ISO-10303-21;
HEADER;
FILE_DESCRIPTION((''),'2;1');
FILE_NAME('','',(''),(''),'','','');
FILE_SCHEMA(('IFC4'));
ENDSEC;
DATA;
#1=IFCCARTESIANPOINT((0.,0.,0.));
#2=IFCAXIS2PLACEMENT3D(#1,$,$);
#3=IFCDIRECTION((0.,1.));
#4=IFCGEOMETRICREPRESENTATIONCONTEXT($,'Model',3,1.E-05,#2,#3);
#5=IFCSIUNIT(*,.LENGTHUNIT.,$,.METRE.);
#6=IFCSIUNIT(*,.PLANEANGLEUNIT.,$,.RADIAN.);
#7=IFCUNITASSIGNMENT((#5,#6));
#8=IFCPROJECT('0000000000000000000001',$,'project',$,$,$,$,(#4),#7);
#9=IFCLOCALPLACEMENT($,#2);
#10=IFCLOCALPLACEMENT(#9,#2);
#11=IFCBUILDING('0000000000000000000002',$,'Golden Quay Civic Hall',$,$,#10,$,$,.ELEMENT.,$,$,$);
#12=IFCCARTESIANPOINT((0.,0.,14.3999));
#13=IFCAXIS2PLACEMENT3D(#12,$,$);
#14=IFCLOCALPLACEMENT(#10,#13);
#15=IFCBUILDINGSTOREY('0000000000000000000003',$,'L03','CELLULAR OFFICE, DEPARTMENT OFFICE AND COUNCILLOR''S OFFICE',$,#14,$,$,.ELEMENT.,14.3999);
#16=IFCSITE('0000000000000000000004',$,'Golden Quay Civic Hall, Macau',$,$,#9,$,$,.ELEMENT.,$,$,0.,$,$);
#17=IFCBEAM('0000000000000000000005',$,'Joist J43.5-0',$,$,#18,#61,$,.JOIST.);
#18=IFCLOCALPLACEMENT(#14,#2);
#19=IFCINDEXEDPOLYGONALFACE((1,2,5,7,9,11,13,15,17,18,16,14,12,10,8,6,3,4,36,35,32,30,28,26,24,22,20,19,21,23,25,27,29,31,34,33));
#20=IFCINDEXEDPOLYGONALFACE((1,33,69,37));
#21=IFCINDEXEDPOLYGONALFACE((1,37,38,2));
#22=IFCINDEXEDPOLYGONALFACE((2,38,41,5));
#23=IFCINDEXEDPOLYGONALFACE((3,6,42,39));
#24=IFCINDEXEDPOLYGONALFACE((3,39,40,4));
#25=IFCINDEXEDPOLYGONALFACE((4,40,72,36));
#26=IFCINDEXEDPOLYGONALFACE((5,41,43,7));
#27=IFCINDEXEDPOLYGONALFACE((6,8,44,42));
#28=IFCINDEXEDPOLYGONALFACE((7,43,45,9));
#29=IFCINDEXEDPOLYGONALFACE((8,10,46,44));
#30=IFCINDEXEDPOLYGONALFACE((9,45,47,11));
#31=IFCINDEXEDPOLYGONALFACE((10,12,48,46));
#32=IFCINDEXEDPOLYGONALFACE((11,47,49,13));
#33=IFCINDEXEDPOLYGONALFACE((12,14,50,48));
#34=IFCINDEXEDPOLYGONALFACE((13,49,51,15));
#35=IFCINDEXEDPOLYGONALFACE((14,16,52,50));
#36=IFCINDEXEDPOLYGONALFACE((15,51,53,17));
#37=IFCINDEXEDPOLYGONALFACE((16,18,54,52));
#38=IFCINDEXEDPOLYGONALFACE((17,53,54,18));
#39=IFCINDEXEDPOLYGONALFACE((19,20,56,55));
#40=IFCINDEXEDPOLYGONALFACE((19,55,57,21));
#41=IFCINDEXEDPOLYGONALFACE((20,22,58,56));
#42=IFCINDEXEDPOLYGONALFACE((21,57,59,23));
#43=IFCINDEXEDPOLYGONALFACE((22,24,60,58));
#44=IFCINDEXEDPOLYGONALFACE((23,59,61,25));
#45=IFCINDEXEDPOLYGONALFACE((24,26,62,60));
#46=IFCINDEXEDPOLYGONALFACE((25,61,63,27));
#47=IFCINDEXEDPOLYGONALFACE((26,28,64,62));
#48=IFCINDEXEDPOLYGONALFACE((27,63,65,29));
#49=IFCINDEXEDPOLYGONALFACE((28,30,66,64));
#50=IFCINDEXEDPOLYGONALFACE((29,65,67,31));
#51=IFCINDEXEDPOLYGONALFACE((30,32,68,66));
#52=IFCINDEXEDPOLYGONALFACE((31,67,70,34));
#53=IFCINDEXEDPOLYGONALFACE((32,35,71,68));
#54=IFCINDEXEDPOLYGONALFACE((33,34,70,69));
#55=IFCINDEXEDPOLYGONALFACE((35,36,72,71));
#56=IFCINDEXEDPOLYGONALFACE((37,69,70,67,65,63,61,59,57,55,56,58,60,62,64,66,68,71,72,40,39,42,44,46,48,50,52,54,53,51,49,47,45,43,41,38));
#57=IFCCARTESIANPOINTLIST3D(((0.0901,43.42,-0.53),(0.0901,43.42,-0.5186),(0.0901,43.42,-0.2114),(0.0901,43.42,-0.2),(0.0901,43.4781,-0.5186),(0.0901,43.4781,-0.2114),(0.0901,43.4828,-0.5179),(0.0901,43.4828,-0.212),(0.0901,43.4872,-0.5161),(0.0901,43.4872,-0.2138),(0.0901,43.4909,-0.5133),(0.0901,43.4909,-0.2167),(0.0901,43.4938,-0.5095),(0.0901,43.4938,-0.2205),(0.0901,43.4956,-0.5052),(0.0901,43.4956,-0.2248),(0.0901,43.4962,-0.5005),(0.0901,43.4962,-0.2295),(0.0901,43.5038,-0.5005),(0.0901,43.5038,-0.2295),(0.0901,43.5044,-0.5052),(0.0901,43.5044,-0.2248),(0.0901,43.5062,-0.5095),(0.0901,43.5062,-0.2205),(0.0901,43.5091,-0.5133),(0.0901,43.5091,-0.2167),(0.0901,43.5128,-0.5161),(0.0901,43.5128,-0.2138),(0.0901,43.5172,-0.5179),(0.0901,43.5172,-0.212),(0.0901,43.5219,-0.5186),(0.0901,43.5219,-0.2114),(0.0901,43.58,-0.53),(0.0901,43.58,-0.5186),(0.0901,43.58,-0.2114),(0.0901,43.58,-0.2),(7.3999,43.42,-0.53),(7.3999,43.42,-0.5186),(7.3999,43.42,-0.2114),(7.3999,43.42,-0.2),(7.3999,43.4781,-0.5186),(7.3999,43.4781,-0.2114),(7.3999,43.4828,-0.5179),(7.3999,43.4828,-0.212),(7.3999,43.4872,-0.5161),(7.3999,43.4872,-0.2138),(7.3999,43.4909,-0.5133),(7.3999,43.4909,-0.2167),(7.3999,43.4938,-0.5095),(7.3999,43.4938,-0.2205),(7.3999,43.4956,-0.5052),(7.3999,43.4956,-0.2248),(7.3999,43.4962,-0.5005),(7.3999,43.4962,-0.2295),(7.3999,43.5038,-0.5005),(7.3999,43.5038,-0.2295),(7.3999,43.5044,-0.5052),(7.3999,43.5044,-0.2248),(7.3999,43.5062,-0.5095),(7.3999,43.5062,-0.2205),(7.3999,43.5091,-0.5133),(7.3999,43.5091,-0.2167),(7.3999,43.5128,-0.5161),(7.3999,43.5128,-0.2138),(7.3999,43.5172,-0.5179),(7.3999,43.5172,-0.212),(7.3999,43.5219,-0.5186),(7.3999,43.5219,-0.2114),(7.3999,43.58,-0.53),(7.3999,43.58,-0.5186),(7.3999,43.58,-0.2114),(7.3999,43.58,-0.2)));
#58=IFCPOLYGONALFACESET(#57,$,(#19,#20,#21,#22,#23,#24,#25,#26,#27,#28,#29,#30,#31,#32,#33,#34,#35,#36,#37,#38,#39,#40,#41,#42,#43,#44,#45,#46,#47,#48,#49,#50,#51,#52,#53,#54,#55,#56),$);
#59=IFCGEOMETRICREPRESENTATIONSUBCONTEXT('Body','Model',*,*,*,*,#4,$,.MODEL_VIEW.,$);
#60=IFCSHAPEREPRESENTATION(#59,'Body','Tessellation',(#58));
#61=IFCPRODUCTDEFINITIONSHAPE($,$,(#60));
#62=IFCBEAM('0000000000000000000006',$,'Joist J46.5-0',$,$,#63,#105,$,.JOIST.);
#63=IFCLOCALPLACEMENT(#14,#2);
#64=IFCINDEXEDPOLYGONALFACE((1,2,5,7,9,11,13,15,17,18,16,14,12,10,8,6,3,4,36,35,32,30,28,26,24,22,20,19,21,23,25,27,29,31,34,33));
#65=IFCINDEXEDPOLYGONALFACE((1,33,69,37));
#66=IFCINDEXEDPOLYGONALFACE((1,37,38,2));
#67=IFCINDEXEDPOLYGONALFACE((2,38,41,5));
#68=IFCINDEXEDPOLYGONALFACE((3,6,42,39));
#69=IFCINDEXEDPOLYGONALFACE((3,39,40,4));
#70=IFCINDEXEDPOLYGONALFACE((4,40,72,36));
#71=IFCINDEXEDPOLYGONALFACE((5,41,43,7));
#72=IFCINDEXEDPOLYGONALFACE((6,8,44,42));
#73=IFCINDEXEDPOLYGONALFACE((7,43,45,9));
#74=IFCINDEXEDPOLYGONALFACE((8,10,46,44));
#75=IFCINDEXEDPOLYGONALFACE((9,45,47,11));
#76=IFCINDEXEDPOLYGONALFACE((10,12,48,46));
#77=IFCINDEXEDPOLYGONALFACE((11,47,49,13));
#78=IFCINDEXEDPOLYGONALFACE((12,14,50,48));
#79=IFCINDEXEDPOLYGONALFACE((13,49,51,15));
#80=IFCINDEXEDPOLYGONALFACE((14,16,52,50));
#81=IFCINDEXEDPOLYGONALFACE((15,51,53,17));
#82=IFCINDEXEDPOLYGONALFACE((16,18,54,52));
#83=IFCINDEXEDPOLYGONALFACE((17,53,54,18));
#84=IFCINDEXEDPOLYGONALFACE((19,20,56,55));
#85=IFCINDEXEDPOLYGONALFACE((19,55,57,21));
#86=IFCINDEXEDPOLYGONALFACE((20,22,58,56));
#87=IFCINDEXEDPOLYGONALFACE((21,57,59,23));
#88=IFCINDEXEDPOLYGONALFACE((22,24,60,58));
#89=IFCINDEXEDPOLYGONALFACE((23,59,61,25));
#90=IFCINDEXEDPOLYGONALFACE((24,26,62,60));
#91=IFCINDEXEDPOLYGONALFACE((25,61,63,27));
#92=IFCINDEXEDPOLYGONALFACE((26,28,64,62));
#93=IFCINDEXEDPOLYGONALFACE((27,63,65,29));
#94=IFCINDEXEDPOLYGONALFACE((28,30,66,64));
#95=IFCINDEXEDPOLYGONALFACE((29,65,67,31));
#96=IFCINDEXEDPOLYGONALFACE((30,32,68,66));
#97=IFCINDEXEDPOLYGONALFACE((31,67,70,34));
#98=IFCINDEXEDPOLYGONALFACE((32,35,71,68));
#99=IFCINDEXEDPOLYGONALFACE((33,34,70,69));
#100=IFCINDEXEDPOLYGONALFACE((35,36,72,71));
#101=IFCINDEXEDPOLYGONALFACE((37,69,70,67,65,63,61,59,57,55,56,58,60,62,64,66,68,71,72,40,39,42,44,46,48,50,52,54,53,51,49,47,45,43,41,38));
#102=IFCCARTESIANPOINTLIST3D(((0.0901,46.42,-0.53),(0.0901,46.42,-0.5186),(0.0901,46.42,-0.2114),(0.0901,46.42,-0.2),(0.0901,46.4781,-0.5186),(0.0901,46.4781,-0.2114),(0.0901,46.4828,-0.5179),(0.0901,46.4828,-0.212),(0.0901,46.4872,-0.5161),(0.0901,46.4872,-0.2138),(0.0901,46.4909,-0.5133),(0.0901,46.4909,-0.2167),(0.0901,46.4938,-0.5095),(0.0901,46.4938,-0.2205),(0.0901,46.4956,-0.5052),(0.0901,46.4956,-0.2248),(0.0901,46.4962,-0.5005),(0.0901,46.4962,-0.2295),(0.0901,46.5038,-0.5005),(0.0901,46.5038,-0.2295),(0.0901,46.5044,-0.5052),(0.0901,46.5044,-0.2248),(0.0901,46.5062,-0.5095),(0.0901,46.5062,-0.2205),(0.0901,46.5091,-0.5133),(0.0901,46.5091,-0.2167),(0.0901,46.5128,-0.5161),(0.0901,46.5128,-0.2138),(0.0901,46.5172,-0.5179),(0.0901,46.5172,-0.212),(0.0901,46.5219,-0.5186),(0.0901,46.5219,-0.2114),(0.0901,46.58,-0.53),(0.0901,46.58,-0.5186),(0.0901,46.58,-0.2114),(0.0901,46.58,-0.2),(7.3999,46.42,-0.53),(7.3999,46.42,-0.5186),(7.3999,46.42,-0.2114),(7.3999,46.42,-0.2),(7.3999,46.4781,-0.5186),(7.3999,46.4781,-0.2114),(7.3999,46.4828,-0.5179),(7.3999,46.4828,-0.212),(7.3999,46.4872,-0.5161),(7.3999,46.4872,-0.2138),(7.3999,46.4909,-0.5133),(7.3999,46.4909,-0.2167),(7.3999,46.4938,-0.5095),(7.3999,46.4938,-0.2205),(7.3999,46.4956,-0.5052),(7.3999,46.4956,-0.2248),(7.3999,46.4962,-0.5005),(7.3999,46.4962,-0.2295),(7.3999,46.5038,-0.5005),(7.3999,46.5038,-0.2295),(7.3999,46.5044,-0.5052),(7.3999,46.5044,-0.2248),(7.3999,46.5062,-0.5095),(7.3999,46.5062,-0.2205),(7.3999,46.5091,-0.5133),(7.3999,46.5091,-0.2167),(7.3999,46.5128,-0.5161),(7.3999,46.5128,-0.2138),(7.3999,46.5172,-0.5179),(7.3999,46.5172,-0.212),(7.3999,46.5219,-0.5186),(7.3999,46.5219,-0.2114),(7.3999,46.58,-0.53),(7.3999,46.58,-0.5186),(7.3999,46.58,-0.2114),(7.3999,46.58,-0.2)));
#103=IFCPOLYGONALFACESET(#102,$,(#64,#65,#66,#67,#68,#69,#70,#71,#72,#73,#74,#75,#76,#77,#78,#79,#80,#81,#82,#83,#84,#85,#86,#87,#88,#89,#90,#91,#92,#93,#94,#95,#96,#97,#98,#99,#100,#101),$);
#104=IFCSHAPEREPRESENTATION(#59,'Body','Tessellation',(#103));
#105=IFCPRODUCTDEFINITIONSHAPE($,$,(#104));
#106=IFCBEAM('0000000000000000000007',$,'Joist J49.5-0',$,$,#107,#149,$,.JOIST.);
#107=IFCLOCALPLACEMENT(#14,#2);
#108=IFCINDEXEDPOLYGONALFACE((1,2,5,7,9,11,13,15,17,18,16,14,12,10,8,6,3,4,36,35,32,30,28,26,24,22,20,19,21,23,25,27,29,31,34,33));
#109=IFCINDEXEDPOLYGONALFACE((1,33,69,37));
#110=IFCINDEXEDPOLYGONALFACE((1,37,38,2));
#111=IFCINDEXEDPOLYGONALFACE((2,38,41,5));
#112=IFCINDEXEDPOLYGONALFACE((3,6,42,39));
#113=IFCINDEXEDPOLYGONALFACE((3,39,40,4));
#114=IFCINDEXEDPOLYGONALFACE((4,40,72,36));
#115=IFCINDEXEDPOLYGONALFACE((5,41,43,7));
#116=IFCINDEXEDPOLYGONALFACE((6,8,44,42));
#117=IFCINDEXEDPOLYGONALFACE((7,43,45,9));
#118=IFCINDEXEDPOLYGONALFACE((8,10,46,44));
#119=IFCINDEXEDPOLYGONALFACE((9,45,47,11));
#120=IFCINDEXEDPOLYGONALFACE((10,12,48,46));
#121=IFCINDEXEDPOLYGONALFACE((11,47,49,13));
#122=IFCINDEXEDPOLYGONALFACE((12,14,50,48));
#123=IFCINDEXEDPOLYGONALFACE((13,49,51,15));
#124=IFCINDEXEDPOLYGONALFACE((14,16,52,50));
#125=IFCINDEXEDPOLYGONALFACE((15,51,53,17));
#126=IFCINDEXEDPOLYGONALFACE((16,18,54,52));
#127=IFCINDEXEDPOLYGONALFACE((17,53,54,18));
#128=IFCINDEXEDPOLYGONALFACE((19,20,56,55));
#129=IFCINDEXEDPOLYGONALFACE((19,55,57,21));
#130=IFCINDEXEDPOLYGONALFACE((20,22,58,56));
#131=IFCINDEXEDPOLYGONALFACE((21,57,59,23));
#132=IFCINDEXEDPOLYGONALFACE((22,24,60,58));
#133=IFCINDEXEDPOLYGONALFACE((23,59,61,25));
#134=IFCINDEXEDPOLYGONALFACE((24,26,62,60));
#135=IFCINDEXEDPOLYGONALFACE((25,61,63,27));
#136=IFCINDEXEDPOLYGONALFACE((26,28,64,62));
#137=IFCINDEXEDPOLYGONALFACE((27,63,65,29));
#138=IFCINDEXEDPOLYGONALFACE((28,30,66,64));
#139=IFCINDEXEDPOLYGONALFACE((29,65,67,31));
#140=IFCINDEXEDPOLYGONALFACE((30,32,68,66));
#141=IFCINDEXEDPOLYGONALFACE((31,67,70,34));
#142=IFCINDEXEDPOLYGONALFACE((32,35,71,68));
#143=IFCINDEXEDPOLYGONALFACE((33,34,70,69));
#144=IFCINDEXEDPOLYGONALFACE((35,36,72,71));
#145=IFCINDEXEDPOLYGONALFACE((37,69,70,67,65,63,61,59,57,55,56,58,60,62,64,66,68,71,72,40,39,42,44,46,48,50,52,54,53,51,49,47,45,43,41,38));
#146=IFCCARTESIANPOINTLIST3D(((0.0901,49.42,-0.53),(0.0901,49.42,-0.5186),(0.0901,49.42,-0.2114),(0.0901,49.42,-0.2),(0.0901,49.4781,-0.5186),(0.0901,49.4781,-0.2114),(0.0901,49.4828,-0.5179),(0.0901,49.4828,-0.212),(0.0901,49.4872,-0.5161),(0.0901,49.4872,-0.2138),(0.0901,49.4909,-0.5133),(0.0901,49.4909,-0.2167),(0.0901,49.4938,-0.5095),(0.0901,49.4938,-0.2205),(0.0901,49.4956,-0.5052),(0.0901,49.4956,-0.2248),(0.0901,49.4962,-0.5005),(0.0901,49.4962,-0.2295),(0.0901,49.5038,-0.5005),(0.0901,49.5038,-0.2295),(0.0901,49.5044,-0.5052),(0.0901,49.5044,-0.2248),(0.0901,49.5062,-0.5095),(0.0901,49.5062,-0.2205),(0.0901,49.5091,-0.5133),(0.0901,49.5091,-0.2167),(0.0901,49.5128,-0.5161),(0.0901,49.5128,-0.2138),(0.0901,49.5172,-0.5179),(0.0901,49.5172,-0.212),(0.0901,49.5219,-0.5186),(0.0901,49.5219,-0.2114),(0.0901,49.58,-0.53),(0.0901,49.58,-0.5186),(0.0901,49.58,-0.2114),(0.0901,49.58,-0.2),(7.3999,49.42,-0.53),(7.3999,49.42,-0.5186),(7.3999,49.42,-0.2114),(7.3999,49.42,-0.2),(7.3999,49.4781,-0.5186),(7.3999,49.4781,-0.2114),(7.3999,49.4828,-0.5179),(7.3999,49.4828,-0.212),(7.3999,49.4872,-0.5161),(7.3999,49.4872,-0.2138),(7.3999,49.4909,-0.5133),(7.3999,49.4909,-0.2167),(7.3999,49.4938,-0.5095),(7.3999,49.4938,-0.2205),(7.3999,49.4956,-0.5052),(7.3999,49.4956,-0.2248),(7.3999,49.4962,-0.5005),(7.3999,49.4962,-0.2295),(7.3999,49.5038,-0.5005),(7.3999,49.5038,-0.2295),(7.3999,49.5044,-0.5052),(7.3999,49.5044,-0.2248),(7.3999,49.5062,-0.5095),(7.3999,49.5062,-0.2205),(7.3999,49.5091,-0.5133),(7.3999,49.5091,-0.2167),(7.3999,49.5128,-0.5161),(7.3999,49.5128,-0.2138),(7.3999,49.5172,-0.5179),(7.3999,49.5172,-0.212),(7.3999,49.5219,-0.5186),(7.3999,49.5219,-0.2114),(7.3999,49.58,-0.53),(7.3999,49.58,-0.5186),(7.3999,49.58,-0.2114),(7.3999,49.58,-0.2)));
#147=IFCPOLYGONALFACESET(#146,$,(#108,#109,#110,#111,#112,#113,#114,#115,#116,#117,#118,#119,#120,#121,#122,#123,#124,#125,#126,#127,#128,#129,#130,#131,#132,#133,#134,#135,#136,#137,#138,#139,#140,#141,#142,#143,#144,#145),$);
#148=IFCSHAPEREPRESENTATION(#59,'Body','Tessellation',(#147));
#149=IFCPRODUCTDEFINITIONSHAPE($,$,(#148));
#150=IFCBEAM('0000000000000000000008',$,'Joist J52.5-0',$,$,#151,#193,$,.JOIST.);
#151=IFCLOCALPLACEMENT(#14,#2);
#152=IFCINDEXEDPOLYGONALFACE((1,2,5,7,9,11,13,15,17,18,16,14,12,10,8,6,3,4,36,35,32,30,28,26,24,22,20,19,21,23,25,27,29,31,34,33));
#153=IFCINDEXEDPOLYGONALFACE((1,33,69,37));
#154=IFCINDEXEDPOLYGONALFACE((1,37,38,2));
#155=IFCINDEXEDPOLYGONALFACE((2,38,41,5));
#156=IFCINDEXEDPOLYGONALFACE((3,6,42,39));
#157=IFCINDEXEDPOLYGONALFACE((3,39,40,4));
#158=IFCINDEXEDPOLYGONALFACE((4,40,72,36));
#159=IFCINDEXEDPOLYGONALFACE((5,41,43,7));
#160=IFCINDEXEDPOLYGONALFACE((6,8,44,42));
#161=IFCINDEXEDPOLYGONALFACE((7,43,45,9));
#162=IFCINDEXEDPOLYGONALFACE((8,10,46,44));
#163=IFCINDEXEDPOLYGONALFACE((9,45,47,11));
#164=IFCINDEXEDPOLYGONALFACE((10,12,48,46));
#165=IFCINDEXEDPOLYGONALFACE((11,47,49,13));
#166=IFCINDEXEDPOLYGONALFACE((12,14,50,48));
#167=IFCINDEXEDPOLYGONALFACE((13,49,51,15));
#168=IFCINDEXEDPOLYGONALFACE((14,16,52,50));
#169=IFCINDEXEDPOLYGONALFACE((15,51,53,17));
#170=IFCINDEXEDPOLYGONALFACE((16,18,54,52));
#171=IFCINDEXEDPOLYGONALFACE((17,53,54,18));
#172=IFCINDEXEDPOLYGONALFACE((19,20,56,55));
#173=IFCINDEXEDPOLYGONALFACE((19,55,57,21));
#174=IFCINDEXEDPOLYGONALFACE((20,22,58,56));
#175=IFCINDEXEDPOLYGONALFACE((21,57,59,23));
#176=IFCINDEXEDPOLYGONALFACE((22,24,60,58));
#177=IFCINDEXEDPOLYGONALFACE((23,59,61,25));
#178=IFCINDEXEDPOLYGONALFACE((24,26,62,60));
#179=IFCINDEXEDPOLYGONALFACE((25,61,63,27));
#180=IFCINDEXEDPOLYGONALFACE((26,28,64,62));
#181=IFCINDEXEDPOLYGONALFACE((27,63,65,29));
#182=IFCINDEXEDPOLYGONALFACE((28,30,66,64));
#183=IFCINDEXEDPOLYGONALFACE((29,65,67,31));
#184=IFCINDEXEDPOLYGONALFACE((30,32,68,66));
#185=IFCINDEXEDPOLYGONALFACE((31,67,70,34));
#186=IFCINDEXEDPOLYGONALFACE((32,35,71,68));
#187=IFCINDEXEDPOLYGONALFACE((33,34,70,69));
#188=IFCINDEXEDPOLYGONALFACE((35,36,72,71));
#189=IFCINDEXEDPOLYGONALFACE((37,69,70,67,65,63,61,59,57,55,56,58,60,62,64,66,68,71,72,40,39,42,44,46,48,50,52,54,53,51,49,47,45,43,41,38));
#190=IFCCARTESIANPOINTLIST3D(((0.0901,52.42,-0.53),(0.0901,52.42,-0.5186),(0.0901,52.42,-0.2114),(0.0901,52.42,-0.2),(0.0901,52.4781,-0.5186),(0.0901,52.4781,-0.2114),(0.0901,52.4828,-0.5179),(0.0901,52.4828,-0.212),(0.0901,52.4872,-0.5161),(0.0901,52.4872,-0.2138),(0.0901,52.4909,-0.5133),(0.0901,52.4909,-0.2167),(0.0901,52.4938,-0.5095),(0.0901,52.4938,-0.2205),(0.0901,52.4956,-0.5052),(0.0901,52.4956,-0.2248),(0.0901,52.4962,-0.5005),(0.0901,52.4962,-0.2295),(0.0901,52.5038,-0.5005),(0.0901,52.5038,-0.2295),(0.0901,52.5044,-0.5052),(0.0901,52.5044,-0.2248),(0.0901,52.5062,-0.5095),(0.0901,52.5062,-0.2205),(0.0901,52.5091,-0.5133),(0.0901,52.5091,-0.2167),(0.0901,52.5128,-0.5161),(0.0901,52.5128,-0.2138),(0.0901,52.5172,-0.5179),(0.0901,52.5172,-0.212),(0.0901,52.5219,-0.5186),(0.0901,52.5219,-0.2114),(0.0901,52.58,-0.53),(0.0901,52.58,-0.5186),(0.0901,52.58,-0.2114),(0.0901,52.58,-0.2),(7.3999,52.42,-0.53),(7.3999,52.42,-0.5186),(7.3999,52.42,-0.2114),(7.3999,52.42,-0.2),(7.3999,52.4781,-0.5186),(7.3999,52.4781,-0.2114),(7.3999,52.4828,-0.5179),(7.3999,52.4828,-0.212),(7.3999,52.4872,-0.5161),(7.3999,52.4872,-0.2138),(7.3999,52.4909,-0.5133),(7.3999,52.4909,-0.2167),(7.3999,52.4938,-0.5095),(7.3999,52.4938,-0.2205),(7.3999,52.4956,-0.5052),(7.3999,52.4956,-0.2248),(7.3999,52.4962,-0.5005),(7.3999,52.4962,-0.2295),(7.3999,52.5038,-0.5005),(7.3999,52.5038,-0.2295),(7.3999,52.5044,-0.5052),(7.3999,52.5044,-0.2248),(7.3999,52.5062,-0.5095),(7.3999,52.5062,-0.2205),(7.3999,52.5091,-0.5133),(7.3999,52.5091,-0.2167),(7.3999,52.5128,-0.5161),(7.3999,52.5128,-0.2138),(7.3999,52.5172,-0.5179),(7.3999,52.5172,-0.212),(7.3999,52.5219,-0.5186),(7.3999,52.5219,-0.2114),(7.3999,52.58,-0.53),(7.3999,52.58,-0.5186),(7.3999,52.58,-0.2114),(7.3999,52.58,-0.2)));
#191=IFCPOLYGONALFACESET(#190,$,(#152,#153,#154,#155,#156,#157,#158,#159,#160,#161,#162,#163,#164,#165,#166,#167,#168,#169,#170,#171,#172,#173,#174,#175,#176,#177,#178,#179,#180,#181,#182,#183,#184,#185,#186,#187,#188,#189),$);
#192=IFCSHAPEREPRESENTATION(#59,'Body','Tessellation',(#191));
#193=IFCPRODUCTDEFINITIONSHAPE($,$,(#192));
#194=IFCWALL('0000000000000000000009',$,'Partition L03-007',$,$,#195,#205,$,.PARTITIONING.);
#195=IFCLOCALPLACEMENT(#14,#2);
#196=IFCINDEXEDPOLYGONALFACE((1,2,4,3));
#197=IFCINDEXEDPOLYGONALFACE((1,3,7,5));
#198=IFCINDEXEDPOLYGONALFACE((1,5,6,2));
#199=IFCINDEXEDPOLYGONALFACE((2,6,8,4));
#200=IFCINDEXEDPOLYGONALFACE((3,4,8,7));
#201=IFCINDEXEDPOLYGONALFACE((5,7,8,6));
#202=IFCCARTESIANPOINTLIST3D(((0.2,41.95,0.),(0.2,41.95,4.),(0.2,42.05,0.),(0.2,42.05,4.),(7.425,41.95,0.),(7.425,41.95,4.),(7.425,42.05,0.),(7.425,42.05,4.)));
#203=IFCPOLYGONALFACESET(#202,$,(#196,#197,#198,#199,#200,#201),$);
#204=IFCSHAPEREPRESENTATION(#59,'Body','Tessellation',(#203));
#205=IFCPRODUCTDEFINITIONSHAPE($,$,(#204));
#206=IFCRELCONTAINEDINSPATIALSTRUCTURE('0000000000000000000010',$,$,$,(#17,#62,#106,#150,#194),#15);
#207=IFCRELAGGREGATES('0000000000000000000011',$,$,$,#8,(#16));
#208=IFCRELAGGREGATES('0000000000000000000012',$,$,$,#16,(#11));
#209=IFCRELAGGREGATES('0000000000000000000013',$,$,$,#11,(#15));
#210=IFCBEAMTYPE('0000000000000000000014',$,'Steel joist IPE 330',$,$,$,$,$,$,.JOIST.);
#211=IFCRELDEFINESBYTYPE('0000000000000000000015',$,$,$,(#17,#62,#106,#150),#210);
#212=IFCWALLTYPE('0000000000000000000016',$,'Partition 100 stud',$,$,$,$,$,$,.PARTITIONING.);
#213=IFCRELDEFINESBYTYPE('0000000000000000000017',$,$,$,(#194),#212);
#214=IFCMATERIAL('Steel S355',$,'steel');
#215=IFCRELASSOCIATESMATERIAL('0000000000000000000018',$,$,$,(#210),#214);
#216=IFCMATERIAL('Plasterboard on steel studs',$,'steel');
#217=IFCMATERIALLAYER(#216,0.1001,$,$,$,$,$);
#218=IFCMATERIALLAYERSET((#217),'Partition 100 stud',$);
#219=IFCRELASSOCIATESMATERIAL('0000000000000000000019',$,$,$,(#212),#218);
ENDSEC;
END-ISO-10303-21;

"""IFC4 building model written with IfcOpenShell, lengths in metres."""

from ifc_helpers import new_model, si_unit, direction, frame, frame_2d, origin, origin_2d, place, context, subcontext, project, spatial, rectangle, i_section, extrude, material, layer, layer_set, material_profile, profile_set, type_object, element, save


model = new_model("IFC4")

# Units and contexts
model_context = context("Model", 3, precision=1e-05, world=origin(), true_north=direction((0.0, 1.0)))
body_context = subcontext(model_context, "Body", "Model", "MODEL_VIEW")
ifc_project = project(units=[si_unit("LENGTHUNIT", "METRE"), si_unit("PLANEANGLEUNIT", "RADIAN")], contexts=[model_context])

# Site, building, storey
site_placement = place(None, origin())
site = spatial("IfcSite", under=ifc_project, at=site_placement, Name="Golden Quay Civic Hall, Macau", CompositionType="ELEMENT", RefElevation=0.0)
building_placement = place(site_placement, origin())
building = spatial("IfcBuilding", under=site, at=building_placement, Name="Golden Quay Civic Hall", CompositionType="ELEMENT")
storey_placement = place(building_placement, frame((0.0, 0.0, 14.3999)))
storey = spatial("IfcBuildingStorey", under=building, at=storey_placement, Name="L03", Description="CELLULAR OFFICE, DEPARTMENT OFFICE AND COUNCILLOR'S OFFICE", CompositionType="ELEMENT", Elevation=14.3999)

# Beams
ifc_material_1 = material(Name="Steel S355", Category="steel")
ifc_material_profile_1 = material_profile(ifc_material_1, i_section(OverallWidth=0.1599, OverallDepth=0.3301, WebThickness=0.0076, FlangeThickness=0.0115, FilletRadius=0.0181, at=origin_2d()), Name="IPE 330")
ifc_profile_set_1 = profile_set([ifc_material_profile_1], Name="Steel S355")
beam_type_1 = type_object("IfcBeamType", Name="Steel joist IPE 330", PredefinedType="JOIST", material=ifc_profile_set_1)
for number, where, z_axis, x_axis, name in (
    (1, (0.0901, 43.5, -0.365), (1.0, 0.0, 0.0), (0.0, 1.0, 0.0), "Joist J43.5-0"),
    (2, (0.0901, 46.5, -0.365), (1.0, 0.0, 0.0), (0.0, 1.0, 0.0), "Joist J46.5-0"),
    (3, (0.0901, 49.5, -0.365), (1.0, 0.0, 0.0), (0.0, 1.0, 0.0), "Joist J49.5-0"),
    (4, (0.0901, 52.5, -0.365), (1.0, 0.0, 0.0), (0.0, 1.0, 0.0), "Joist J52.5-0"),
):
    element("IfcBeam", number, at=place(storey_placement, frame(where, z_axis=z_axis, x_axis=x_axis)), inside=storey, type_object=beam_type_1, Name=name, PredefinedType="JOIST", context=body_context, shape_type="SweptSolid", body=[
        extrude(i_section(OverallWidth=0.1599, OverallDepth=0.3301, WebThickness=0.0076, FlangeThickness=0.0115, FilletRadius=0.0181, at=origin_2d()), origin(), (0.0, 0.0, 1.0), 7.3098),
    ])

# Wall
ifc_material_2 = material(Name="Plasterboard on steel studs", Category="steel")
ifc_layer_1 = layer(ifc_material_2, 0.1001)
ifc_layer_set_1 = layer_set([ifc_layer_1], Name="Partition 100 stud")
wall_type_1 = type_object("IfcWallType", Name="Partition 100 stud", PredefinedType="PARTITIONING", material=ifc_layer_set_1)
wall_1_placement = place(storey_placement, frame((0.2, 42.0, 0.0), z_axis=(0.0, 0.0, 1.0), x_axis=(1.0, 0.0, 0.0)))
element("IfcWall", 5, at=wall_1_placement, inside=storey, type_object=wall_type_1, Name="Partition L03-007", PredefinedType="PARTITIONING", context=body_context, shape_type="SweptSolid", body=[
    extrude(rectangle(XDim=7.2251, YDim=0.1001, at=frame_2d((3.6125, 0.0))), origin(), (0.0, 0.0, 1.0), 4.0),
])

save(model, "model.ifc")
